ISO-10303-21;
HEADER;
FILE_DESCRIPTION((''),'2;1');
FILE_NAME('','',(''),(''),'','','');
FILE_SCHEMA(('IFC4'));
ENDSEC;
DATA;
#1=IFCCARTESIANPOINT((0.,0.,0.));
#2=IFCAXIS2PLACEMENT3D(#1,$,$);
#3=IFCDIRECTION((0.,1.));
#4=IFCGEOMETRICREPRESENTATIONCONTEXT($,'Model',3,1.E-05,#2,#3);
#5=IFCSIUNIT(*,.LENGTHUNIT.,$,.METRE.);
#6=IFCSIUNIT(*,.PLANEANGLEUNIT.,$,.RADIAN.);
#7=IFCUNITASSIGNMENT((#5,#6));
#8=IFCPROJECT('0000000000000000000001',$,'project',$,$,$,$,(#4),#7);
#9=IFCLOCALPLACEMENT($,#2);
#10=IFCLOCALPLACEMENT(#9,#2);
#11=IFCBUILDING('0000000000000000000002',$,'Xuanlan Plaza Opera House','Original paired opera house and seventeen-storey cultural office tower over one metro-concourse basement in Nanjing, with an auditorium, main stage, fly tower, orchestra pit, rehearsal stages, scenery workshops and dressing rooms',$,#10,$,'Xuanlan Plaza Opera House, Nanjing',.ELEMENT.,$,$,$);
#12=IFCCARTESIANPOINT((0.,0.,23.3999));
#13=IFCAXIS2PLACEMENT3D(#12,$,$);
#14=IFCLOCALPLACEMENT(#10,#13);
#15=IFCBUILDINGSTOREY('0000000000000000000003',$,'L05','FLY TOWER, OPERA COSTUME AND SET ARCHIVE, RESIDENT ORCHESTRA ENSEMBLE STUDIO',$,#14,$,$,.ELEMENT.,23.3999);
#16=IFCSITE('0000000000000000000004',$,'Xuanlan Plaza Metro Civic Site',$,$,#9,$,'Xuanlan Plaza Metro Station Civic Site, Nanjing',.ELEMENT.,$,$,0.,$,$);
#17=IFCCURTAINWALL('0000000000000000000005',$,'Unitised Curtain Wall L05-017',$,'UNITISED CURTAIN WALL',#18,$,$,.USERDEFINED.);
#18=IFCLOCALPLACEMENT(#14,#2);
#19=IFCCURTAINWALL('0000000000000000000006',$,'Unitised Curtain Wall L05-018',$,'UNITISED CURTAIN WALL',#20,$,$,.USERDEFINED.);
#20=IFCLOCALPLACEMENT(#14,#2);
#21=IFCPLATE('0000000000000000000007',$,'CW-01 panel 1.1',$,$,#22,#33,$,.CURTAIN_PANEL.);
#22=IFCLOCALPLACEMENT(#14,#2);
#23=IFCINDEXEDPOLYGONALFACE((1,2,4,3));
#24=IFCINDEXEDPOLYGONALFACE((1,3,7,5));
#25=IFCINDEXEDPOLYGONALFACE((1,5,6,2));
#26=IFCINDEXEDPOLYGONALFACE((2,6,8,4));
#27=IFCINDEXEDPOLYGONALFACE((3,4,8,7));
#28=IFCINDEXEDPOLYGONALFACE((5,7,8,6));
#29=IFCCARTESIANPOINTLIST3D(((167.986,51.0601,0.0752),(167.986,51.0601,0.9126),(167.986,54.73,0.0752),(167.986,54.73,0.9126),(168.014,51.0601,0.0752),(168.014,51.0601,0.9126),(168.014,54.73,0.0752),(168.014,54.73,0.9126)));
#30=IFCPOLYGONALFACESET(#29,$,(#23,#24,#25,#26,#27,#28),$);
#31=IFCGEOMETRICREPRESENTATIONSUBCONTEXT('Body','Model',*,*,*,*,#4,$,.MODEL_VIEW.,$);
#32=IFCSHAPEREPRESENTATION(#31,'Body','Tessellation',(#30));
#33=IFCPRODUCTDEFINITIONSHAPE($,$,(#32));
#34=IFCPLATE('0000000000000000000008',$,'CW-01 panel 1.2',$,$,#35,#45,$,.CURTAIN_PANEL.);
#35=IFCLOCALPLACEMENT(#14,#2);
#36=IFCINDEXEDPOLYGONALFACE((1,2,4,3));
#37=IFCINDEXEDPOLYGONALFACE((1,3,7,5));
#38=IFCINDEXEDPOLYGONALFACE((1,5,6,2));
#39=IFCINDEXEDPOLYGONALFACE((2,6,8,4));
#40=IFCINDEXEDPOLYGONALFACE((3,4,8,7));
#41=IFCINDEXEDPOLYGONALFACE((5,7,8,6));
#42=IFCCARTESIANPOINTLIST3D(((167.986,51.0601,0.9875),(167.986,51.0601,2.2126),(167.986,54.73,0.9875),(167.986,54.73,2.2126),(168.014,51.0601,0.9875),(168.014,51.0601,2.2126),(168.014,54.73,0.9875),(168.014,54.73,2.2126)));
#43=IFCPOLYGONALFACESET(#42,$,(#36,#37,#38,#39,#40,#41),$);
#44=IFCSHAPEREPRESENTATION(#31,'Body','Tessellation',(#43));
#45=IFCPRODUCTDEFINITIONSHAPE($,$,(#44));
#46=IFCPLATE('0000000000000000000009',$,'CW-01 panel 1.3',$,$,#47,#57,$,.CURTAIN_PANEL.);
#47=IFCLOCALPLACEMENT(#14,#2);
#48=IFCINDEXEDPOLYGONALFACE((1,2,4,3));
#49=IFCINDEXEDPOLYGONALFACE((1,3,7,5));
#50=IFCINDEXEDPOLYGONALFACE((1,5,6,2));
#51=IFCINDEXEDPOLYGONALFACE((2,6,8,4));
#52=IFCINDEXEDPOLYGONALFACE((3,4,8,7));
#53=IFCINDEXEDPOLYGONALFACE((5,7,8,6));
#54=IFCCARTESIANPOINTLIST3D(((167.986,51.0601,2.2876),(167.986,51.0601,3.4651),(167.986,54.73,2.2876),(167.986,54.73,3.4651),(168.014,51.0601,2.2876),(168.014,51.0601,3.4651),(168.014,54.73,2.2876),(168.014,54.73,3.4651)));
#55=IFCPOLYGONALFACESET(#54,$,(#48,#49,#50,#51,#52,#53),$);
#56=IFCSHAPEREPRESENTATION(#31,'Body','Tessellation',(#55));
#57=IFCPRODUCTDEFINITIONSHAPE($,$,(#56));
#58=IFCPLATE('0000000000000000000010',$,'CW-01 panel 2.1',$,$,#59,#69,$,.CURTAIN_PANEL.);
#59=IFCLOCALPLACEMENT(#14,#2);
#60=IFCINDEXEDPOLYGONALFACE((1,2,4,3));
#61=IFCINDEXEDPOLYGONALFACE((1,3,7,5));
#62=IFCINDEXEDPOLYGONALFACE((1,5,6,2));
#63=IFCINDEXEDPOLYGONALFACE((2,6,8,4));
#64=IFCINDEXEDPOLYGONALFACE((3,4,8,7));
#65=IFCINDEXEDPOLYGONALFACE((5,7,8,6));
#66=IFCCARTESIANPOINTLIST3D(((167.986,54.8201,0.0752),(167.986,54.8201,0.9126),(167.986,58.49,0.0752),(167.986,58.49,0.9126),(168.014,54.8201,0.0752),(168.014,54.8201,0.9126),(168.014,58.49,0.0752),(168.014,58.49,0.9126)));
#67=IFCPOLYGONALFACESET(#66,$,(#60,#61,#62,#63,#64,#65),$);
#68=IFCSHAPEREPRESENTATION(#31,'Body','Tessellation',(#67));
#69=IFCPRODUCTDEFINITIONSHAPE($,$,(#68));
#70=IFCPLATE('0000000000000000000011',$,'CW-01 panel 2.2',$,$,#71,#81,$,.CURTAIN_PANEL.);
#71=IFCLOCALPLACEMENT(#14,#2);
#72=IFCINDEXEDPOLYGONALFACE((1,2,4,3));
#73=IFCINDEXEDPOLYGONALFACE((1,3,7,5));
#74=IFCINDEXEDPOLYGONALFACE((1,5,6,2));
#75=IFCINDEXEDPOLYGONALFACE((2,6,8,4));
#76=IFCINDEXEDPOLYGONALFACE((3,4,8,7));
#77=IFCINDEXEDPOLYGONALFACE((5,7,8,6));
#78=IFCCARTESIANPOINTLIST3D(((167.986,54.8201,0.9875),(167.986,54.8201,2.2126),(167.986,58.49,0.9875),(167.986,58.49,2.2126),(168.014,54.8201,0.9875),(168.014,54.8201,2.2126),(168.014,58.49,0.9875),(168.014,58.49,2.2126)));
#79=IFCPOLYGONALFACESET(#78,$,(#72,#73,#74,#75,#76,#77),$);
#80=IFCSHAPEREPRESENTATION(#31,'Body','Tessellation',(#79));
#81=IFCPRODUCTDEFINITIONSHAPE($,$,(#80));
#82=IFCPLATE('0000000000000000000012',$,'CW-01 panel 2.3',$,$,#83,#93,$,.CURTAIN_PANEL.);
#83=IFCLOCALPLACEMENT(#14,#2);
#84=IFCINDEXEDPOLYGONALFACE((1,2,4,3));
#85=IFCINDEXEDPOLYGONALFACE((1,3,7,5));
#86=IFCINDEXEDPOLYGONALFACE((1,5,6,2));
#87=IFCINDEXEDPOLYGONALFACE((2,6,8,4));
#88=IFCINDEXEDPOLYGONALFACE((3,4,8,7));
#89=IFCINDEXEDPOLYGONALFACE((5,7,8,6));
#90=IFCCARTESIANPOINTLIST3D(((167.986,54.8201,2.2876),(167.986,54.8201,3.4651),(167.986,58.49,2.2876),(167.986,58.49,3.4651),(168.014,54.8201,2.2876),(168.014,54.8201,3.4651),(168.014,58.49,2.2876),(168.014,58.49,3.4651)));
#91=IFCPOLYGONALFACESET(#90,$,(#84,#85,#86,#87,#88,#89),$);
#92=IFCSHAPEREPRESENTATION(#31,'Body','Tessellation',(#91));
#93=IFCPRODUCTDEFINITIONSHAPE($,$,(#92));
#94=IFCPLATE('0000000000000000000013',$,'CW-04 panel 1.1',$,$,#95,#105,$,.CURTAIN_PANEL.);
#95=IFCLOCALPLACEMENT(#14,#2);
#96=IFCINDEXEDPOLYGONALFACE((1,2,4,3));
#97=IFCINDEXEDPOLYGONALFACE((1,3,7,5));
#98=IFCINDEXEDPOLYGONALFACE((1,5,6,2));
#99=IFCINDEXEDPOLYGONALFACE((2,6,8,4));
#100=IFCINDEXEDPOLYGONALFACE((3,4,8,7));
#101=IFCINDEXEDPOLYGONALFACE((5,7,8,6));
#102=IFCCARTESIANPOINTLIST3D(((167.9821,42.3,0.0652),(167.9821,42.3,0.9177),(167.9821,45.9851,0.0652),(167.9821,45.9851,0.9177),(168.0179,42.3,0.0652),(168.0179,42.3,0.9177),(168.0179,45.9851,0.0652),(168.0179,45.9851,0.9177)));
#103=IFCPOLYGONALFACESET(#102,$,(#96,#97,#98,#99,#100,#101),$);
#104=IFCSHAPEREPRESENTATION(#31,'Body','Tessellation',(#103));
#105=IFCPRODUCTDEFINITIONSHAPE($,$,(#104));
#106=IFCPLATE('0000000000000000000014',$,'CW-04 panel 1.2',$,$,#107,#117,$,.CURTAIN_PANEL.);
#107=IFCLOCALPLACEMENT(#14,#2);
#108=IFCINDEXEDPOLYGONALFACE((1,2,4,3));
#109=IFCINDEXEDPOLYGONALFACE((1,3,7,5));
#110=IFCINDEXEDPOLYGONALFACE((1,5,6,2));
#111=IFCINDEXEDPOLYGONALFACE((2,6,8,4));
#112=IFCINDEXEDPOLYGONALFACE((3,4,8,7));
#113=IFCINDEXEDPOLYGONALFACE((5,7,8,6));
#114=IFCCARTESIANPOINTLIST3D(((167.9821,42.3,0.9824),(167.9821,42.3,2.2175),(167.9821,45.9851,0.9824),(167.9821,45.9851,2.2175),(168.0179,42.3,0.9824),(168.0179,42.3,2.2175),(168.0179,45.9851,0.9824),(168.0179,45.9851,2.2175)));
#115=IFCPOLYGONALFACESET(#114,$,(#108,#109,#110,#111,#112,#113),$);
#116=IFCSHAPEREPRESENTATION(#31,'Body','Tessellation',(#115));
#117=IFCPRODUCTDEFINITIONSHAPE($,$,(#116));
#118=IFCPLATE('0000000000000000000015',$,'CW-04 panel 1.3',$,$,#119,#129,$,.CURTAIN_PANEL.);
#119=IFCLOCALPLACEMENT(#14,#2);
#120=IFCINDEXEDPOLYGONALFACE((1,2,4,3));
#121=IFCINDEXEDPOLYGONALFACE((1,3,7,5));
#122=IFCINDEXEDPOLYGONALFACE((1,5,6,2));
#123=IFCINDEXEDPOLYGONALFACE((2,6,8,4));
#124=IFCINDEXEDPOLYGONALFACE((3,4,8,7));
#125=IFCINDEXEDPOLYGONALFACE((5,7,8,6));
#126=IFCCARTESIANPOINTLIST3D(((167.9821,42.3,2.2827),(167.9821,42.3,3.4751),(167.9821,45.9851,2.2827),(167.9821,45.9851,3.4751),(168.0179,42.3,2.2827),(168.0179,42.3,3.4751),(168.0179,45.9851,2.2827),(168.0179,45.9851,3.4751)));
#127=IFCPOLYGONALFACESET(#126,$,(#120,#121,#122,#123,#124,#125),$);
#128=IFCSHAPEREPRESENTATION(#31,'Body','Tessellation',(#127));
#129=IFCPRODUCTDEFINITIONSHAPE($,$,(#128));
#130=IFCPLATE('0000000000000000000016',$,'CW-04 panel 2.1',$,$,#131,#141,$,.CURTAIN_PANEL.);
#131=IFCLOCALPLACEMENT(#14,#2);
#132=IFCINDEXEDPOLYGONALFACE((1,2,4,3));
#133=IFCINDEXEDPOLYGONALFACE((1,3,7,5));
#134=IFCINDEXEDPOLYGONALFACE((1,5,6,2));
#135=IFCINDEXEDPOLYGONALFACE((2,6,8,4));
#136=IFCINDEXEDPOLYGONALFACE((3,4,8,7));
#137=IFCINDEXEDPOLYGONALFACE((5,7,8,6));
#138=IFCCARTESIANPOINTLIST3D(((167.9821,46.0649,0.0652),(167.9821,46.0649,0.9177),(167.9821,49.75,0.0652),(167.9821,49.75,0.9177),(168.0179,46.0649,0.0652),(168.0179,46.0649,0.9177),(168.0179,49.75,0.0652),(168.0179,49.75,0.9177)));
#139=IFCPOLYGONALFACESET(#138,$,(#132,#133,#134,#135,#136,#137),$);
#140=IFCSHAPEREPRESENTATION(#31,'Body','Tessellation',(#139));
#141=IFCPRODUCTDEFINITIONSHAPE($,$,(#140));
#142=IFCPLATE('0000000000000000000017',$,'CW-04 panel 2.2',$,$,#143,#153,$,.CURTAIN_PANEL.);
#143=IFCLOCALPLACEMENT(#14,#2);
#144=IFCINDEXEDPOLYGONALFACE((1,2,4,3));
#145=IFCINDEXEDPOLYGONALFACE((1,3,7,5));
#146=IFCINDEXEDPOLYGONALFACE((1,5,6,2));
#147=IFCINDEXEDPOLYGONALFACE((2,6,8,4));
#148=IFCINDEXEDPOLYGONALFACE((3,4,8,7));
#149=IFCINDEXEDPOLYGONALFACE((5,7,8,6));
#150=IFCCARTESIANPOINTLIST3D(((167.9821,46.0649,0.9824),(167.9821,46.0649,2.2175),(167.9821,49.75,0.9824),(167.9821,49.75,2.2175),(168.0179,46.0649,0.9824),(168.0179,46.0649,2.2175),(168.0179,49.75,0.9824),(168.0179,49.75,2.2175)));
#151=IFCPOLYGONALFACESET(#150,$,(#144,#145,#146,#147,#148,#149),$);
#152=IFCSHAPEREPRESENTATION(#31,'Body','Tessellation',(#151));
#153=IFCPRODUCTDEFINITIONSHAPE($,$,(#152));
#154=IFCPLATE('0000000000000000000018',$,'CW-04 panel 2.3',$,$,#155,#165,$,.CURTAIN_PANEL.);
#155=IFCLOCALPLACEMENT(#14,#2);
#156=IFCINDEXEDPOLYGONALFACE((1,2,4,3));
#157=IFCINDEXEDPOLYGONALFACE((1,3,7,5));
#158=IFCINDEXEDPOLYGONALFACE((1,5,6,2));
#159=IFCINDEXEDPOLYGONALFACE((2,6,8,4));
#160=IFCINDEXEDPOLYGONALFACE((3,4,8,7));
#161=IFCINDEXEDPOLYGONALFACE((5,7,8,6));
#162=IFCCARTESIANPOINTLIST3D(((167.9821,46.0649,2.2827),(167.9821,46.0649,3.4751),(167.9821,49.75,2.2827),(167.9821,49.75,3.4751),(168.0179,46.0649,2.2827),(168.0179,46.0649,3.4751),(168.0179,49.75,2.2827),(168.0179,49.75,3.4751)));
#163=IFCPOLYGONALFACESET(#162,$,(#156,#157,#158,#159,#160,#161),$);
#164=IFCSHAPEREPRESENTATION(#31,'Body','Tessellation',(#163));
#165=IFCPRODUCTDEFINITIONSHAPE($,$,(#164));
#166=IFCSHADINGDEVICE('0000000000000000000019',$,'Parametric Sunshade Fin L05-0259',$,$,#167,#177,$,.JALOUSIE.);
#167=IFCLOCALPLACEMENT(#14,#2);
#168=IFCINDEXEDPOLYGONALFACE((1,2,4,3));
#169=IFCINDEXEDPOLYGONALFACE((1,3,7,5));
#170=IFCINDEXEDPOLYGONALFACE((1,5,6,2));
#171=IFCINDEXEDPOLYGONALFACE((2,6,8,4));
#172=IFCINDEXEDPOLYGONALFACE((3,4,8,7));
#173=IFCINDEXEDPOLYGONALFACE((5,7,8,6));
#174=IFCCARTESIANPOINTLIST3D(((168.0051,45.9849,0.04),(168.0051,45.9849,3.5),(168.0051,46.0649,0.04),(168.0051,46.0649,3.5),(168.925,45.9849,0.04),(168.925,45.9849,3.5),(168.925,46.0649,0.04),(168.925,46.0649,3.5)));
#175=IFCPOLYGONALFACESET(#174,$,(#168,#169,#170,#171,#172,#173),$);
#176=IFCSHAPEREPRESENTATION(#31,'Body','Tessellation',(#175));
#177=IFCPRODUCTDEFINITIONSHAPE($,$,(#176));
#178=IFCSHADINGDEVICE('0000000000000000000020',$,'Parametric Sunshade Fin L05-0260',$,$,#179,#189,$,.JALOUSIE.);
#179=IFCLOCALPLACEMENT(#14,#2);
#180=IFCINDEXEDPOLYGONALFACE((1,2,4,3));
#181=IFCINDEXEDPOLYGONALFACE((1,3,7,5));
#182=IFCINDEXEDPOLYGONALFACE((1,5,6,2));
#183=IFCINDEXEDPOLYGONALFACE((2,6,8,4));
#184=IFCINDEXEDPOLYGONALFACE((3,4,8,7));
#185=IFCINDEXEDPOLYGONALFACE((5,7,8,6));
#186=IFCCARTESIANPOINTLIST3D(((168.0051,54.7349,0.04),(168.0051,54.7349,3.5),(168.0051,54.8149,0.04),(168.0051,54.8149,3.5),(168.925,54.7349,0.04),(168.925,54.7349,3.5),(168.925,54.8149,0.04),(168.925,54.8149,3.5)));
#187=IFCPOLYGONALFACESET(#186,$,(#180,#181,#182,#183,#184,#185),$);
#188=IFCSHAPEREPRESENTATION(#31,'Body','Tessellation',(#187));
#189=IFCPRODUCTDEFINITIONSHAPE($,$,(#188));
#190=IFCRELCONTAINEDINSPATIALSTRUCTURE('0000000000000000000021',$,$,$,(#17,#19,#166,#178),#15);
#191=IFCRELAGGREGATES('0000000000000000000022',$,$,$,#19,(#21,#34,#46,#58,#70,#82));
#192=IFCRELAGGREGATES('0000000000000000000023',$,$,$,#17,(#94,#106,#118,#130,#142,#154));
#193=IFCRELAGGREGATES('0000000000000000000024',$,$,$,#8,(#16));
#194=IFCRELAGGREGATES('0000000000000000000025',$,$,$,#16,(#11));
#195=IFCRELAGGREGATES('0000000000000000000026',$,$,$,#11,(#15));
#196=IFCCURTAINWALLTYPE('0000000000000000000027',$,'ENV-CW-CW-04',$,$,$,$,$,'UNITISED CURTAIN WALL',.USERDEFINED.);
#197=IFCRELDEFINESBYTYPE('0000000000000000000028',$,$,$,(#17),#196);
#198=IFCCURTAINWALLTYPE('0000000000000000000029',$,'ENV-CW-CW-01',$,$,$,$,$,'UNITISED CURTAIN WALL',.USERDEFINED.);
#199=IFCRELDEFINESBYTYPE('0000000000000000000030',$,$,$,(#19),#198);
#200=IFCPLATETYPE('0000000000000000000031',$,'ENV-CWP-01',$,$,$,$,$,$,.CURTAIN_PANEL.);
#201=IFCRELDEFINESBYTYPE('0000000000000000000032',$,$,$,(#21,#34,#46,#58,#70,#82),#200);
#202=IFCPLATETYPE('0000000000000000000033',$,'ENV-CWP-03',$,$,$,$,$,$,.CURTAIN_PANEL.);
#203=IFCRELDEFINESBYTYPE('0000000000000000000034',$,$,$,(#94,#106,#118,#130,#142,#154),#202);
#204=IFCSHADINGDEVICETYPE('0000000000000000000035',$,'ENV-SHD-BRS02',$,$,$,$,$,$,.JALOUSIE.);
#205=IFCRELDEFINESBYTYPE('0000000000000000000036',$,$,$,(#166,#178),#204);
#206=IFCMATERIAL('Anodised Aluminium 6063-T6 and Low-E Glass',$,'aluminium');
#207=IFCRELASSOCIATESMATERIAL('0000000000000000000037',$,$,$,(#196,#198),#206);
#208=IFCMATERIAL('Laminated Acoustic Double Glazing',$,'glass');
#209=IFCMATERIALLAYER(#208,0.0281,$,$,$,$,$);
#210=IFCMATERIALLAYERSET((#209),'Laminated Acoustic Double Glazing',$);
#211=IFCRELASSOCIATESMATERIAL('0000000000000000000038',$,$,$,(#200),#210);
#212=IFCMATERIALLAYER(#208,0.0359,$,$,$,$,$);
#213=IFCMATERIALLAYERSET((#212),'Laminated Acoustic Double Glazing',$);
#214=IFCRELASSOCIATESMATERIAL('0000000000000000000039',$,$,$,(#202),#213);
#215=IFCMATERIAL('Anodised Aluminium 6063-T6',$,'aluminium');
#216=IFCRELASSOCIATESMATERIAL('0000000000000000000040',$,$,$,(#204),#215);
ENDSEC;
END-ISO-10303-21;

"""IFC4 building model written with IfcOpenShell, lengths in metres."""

from ifc_helpers import new_model, si_unit, direction, frame, origin, origin_2d, place, context, subcontext, project, spatial, rectangle, extrude, material, layer, layer_set, type_object, element, aggregate, save


model = new_model("IFC4")

# Units and contexts
model_context = context("Model", 3, precision=1e-05, world=origin(), true_north=direction((0.0, 1.0)))
body_context = subcontext(model_context, "Body", "Model", "MODEL_VIEW")
ifc_project = project(units=[si_unit("LENGTHUNIT", "METRE"), si_unit("PLANEANGLEUNIT", "RADIAN")], contexts=[model_context])

# Site, building, storey
site_placement = place(None, origin())
site = spatial("IfcSite", under=ifc_project, at=site_placement, Name="Xuanlan Plaza Metro Civic Site", LongName="Xuanlan Plaza Metro Station Civic Site, Nanjing", CompositionType="ELEMENT", RefElevation=0.0)
building_placement = place(site_placement, origin())
building = spatial("IfcBuilding", under=site, at=building_placement, Name="Xuanlan Plaza Opera House", Description="Original paired opera house and seventeen-storey cultural office tower over one metro-concourse basement in Nanjing, with an auditorium, main stage, fly tower, orchestra pit, rehearsal stages, scenery workshops and dressing rooms", LongName="Xuanlan Plaza Opera House, Nanjing", CompositionType="ELEMENT")
storey_placement = place(building_placement, frame((0.0, 0.0, 23.3999)))
storey = spatial("IfcBuildingStorey", under=building, at=storey_placement, Name="L05", Description="FLY TOWER, OPERA COSTUME AND SET ARCHIVE, RESIDENT ORCHESTRA ENSEMBLE STUDIO", CompositionType="ELEMENT", Elevation=23.3999)

# Curtain walls
ifc_material_1 = material(Name="Anodised Aluminium 6063-T6 and Low-E Glass", Category="aluminium")
curtain_wall_type_1 = type_object("IfcCurtainWallType", Name="ENV-CW-CW-04", ElementType="UNITISED CURTAIN WALL", PredefinedType="USERDEFINED", material=ifc_material_1)
curtain_wall_1_placement = place(storey_placement, origin())
curtain_wall_1 = element("IfcCurtainWall", 1, at=curtain_wall_1_placement, inside=storey, type_object=curtain_wall_type_1, Name="Unitised Curtain Wall L05-017", ObjectType="UNITISED CURTAIN WALL", PredefinedType="USERDEFINED")
ifc_material_2 = material(Name="Anodised Aluminium 6063-T6", Category="aluminium")
curtain_wall_type_2 = type_object("IfcCurtainWallType", Name="ENV-CW-CW-01", ElementType="UNITISED CURTAIN WALL", PredefinedType="USERDEFINED", material=ifc_material_1)
curtain_wall_2_placement = place(storey_placement, origin())
curtain_wall_2 = element("IfcCurtainWall", 2, at=curtain_wall_2_placement, inside=storey, type_object=curtain_wall_type_2, Name="Unitised Curtain Wall L05-018", ObjectType="UNITISED CURTAIN WALL", PredefinedType="USERDEFINED")

# Plates
ifc_material_3 = material(Name="Laminated Acoustic Double Glazing", Category="glass")
ifc_layer_1 = layer(ifc_material_3, 0.0281)
ifc_layer_set_1 = layer_set([ifc_layer_1], Name="Laminated Acoustic Double Glazing")
plate_type_1 = type_object("IfcPlateType", Name="ENV-CWP-01", PredefinedType="CURTAIN_PANEL", material=ifc_layer_set_1)
plate_1_placement = place(storey_placement, frame((168.0, 52.895, 0.0752), z_axis=(0.0, 0.0, 1.0), x_axis=(0.0, 1.0, 0.0)))
plate_1 = element("IfcPlate", 3, at=plate_1_placement, type_object=plate_type_1, Name="CW-01 panel 1.1", PredefinedType="CURTAIN_PANEL", context=body_context, shape_type="SweptSolid", body=[
    extrude(rectangle(XDim=3.6699, YDim=0.0281, at=origin_2d()), origin(), (0.0, 0.0, 1.0), 0.8374),
])
plate_2_placement = place(storey_placement, frame((168.0, 52.895, 0.9875), z_axis=(0.0, 0.0, 1.0), x_axis=(0.0, 1.0, 0.0)))
plate_2 = element("IfcPlate", 4, at=plate_2_placement, type_object=plate_type_1, Name="CW-01 panel 1.2", PredefinedType="CURTAIN_PANEL", context=body_context, shape_type="SweptSolid", body=[
    extrude(rectangle(XDim=3.6699, YDim=0.0281, at=origin_2d()), origin(), (0.0, 0.0, 1.0), 1.2251),
])
plate_3_placement = place(storey_placement, frame((168.0, 52.895, 2.2876), z_axis=(0.0, 0.0, 1.0), x_axis=(0.0, 1.0, 0.0)))
plate_3 = element("IfcPlate", 5, at=plate_3_placement, type_object=plate_type_1, Name="CW-01 panel 1.3", PredefinedType="CURTAIN_PANEL", context=body_context, shape_type="SweptSolid", body=[
    extrude(rectangle(XDim=3.6699, YDim=0.0281, at=origin_2d()), origin(), (0.0, 0.0, 1.0), 1.1775),
])
plate_4_placement = place(storey_placement, frame((168.0, 56.655, 0.0752), z_axis=(0.0, 0.0, 1.0), x_axis=(0.0, 1.0, 0.0)))
plate_4 = element("IfcPlate", 6, at=plate_4_placement, type_object=plate_type_1, Name="CW-01 panel 2.1", PredefinedType="CURTAIN_PANEL", context=body_context, shape_type="SweptSolid", body=[
    extrude(rectangle(XDim=3.6699, YDim=0.0281, at=origin_2d()), origin(), (0.0, 0.0, 1.0), 0.8374),
])
plate_5_placement = place(storey_placement, frame((168.0, 56.655, 0.9875), z_axis=(0.0, 0.0, 1.0), x_axis=(0.0, 1.0, 0.0)))
plate_5 = element("IfcPlate", 7, at=plate_5_placement, type_object=plate_type_1, Name="CW-01 panel 2.2", PredefinedType="CURTAIN_PANEL", context=body_context, shape_type="SweptSolid", body=[
    extrude(rectangle(XDim=3.6699, YDim=0.0281, at=origin_2d()), origin(), (0.0, 0.0, 1.0), 1.2251),
])
plate_6_placement = place(storey_placement, frame((168.0, 56.655, 2.2876), z_axis=(0.0, 0.0, 1.0), x_axis=(0.0, 1.0, 0.0)))
plate_6 = element("IfcPlate", 8, at=plate_6_placement, type_object=plate_type_1, Name="CW-01 panel 2.3", PredefinedType="CURTAIN_PANEL", context=body_context, shape_type="SweptSolid", body=[
    extrude(rectangle(XDim=3.6699, YDim=0.0281, at=origin_2d()), origin(), (0.0, 0.0, 1.0), 1.1775),
])
aggregate(curtain_wall_2, [plate_1, plate_2, plate_3, plate_4, plate_5, plate_6])
ifc_layer_2 = layer(ifc_material_3, 0.0359)
ifc_layer_set_2 = layer_set([ifc_layer_2], Name="Laminated Acoustic Double Glazing")
plate_type_2 = type_object("IfcPlateType", Name="ENV-CWP-03", PredefinedType="CURTAIN_PANEL", material=ifc_layer_set_2)
plate_7_placement = place(storey_placement, frame((168.0, 44.1426, 0.0652), z_axis=(0.0, 0.0, 1.0), x_axis=(0.0, 1.0, 0.0)))
plate_7 = element("IfcPlate", 9, at=plate_7_placement, type_object=plate_type_2, Name="CW-04 panel 1.1", PredefinedType="CURTAIN_PANEL", context=body_context, shape_type="SweptSolid", body=[
    extrude(rectangle(XDim=3.6851, YDim=0.0359, at=origin_2d()), origin(), (0.0, 0.0, 1.0), 0.8525),
])
plate_8_placement = place(storey_placement, frame((168.0, 44.1426, 0.9824), z_axis=(0.0, 0.0, 1.0), x_axis=(0.0, 1.0, 0.0)))
plate_8 = element("IfcPlate", 10, at=plate_8_placement, type_object=plate_type_2, Name="CW-04 panel 1.2", PredefinedType="CURTAIN_PANEL", context=body_context, shape_type="SweptSolid", body=[
    extrude(rectangle(XDim=3.6851, YDim=0.0359, at=origin_2d()), origin(), (0.0, 0.0, 1.0), 1.2351),
])
plate_9_placement = place(storey_placement, frame((168.0, 44.1426, 2.2827), z_axis=(0.0, 0.0, 1.0), x_axis=(0.0, 1.0, 0.0)))
plate_9 = element("IfcPlate", 11, at=plate_9_placement, type_object=plate_type_2, Name="CW-04 panel 1.3", PredefinedType="CURTAIN_PANEL", context=body_context, shape_type="SweptSolid", body=[
    extrude(rectangle(XDim=3.6851, YDim=0.0359, at=origin_2d()), origin(), (0.0, 0.0, 1.0), 1.1924),
])
plate_10_placement = place(storey_placement, frame((168.0, 47.9075, 0.0652), z_axis=(0.0, 0.0, 1.0), x_axis=(0.0, 1.0, 0.0)))
plate_10 = element("IfcPlate", 12, at=plate_10_placement, type_object=plate_type_2, Name="CW-04 panel 2.1", PredefinedType="CURTAIN_PANEL", context=body_context, shape_type="SweptSolid", body=[
    extrude(rectangle(XDim=3.6851, YDim=0.0359, at=origin_2d()), origin(), (0.0, 0.0, 1.0), 0.8525),
])
plate_11_placement = place(storey_placement, frame((168.0, 47.9075, 0.9824), z_axis=(0.0, 0.0, 1.0), x_axis=(0.0, 1.0, 0.0)))
plate_11 = element("IfcPlate", 13, at=plate_11_placement, type_object=plate_type_2, Name="CW-04 panel 2.2", PredefinedType="CURTAIN_PANEL", context=body_context, shape_type="SweptSolid", body=[
    extrude(rectangle(XDim=3.6851, YDim=0.0359, at=origin_2d()), origin(), (0.0, 0.0, 1.0), 1.2351),
])
plate_12_placement = place(storey_placement, frame((168.0, 47.9075, 2.2827), z_axis=(0.0, 0.0, 1.0), x_axis=(0.0, 1.0, 0.0)))
plate_12 = element("IfcPlate", 14, at=plate_12_placement, type_object=plate_type_2, Name="CW-04 panel 2.3", PredefinedType="CURTAIN_PANEL", context=body_context, shape_type="SweptSolid", body=[
    extrude(rectangle(XDim=3.6851, YDim=0.0359, at=origin_2d()), origin(), (0.0, 0.0, 1.0), 1.1924),
])
aggregate(curtain_wall_1, [plate_7, plate_8, plate_9, plate_10, plate_11, plate_12])

# Shading devices
shading_device_type = type_object("IfcShadingDeviceType", Name="ENV-SHD-BRS02", PredefinedType="JALOUSIE", material=ifc_material_2)
for number, where, z_axis, x_axis, name in (
    (15, (168.4651, 46.0249, 0.04), (0.0, 0.0, 1.0), (1.0, 0.0, 0.0), "Parametric Sunshade Fin L05-0259"),
    (16, (168.4651, 54.7749, 0.04), (0.0, 0.0, 1.0), (1.0, 0.0, 0.0), "Parametric Sunshade Fin L05-0260"),
):
    element("IfcShadingDevice", number, at=place(storey_placement, frame(where, z_axis=z_axis, x_axis=x_axis)), inside=storey, type_object=shading_device_type, Name=name, PredefinedType="JALOUSIE", context=body_context, shape_type="SweptSolid", body=[
        extrude(rectangle(XDim=0.9199, YDim=0.0801, at=origin_2d()), origin(), (0.0, 0.0, 1.0), 3.46),
    ])

save(model, "model.ifc")
